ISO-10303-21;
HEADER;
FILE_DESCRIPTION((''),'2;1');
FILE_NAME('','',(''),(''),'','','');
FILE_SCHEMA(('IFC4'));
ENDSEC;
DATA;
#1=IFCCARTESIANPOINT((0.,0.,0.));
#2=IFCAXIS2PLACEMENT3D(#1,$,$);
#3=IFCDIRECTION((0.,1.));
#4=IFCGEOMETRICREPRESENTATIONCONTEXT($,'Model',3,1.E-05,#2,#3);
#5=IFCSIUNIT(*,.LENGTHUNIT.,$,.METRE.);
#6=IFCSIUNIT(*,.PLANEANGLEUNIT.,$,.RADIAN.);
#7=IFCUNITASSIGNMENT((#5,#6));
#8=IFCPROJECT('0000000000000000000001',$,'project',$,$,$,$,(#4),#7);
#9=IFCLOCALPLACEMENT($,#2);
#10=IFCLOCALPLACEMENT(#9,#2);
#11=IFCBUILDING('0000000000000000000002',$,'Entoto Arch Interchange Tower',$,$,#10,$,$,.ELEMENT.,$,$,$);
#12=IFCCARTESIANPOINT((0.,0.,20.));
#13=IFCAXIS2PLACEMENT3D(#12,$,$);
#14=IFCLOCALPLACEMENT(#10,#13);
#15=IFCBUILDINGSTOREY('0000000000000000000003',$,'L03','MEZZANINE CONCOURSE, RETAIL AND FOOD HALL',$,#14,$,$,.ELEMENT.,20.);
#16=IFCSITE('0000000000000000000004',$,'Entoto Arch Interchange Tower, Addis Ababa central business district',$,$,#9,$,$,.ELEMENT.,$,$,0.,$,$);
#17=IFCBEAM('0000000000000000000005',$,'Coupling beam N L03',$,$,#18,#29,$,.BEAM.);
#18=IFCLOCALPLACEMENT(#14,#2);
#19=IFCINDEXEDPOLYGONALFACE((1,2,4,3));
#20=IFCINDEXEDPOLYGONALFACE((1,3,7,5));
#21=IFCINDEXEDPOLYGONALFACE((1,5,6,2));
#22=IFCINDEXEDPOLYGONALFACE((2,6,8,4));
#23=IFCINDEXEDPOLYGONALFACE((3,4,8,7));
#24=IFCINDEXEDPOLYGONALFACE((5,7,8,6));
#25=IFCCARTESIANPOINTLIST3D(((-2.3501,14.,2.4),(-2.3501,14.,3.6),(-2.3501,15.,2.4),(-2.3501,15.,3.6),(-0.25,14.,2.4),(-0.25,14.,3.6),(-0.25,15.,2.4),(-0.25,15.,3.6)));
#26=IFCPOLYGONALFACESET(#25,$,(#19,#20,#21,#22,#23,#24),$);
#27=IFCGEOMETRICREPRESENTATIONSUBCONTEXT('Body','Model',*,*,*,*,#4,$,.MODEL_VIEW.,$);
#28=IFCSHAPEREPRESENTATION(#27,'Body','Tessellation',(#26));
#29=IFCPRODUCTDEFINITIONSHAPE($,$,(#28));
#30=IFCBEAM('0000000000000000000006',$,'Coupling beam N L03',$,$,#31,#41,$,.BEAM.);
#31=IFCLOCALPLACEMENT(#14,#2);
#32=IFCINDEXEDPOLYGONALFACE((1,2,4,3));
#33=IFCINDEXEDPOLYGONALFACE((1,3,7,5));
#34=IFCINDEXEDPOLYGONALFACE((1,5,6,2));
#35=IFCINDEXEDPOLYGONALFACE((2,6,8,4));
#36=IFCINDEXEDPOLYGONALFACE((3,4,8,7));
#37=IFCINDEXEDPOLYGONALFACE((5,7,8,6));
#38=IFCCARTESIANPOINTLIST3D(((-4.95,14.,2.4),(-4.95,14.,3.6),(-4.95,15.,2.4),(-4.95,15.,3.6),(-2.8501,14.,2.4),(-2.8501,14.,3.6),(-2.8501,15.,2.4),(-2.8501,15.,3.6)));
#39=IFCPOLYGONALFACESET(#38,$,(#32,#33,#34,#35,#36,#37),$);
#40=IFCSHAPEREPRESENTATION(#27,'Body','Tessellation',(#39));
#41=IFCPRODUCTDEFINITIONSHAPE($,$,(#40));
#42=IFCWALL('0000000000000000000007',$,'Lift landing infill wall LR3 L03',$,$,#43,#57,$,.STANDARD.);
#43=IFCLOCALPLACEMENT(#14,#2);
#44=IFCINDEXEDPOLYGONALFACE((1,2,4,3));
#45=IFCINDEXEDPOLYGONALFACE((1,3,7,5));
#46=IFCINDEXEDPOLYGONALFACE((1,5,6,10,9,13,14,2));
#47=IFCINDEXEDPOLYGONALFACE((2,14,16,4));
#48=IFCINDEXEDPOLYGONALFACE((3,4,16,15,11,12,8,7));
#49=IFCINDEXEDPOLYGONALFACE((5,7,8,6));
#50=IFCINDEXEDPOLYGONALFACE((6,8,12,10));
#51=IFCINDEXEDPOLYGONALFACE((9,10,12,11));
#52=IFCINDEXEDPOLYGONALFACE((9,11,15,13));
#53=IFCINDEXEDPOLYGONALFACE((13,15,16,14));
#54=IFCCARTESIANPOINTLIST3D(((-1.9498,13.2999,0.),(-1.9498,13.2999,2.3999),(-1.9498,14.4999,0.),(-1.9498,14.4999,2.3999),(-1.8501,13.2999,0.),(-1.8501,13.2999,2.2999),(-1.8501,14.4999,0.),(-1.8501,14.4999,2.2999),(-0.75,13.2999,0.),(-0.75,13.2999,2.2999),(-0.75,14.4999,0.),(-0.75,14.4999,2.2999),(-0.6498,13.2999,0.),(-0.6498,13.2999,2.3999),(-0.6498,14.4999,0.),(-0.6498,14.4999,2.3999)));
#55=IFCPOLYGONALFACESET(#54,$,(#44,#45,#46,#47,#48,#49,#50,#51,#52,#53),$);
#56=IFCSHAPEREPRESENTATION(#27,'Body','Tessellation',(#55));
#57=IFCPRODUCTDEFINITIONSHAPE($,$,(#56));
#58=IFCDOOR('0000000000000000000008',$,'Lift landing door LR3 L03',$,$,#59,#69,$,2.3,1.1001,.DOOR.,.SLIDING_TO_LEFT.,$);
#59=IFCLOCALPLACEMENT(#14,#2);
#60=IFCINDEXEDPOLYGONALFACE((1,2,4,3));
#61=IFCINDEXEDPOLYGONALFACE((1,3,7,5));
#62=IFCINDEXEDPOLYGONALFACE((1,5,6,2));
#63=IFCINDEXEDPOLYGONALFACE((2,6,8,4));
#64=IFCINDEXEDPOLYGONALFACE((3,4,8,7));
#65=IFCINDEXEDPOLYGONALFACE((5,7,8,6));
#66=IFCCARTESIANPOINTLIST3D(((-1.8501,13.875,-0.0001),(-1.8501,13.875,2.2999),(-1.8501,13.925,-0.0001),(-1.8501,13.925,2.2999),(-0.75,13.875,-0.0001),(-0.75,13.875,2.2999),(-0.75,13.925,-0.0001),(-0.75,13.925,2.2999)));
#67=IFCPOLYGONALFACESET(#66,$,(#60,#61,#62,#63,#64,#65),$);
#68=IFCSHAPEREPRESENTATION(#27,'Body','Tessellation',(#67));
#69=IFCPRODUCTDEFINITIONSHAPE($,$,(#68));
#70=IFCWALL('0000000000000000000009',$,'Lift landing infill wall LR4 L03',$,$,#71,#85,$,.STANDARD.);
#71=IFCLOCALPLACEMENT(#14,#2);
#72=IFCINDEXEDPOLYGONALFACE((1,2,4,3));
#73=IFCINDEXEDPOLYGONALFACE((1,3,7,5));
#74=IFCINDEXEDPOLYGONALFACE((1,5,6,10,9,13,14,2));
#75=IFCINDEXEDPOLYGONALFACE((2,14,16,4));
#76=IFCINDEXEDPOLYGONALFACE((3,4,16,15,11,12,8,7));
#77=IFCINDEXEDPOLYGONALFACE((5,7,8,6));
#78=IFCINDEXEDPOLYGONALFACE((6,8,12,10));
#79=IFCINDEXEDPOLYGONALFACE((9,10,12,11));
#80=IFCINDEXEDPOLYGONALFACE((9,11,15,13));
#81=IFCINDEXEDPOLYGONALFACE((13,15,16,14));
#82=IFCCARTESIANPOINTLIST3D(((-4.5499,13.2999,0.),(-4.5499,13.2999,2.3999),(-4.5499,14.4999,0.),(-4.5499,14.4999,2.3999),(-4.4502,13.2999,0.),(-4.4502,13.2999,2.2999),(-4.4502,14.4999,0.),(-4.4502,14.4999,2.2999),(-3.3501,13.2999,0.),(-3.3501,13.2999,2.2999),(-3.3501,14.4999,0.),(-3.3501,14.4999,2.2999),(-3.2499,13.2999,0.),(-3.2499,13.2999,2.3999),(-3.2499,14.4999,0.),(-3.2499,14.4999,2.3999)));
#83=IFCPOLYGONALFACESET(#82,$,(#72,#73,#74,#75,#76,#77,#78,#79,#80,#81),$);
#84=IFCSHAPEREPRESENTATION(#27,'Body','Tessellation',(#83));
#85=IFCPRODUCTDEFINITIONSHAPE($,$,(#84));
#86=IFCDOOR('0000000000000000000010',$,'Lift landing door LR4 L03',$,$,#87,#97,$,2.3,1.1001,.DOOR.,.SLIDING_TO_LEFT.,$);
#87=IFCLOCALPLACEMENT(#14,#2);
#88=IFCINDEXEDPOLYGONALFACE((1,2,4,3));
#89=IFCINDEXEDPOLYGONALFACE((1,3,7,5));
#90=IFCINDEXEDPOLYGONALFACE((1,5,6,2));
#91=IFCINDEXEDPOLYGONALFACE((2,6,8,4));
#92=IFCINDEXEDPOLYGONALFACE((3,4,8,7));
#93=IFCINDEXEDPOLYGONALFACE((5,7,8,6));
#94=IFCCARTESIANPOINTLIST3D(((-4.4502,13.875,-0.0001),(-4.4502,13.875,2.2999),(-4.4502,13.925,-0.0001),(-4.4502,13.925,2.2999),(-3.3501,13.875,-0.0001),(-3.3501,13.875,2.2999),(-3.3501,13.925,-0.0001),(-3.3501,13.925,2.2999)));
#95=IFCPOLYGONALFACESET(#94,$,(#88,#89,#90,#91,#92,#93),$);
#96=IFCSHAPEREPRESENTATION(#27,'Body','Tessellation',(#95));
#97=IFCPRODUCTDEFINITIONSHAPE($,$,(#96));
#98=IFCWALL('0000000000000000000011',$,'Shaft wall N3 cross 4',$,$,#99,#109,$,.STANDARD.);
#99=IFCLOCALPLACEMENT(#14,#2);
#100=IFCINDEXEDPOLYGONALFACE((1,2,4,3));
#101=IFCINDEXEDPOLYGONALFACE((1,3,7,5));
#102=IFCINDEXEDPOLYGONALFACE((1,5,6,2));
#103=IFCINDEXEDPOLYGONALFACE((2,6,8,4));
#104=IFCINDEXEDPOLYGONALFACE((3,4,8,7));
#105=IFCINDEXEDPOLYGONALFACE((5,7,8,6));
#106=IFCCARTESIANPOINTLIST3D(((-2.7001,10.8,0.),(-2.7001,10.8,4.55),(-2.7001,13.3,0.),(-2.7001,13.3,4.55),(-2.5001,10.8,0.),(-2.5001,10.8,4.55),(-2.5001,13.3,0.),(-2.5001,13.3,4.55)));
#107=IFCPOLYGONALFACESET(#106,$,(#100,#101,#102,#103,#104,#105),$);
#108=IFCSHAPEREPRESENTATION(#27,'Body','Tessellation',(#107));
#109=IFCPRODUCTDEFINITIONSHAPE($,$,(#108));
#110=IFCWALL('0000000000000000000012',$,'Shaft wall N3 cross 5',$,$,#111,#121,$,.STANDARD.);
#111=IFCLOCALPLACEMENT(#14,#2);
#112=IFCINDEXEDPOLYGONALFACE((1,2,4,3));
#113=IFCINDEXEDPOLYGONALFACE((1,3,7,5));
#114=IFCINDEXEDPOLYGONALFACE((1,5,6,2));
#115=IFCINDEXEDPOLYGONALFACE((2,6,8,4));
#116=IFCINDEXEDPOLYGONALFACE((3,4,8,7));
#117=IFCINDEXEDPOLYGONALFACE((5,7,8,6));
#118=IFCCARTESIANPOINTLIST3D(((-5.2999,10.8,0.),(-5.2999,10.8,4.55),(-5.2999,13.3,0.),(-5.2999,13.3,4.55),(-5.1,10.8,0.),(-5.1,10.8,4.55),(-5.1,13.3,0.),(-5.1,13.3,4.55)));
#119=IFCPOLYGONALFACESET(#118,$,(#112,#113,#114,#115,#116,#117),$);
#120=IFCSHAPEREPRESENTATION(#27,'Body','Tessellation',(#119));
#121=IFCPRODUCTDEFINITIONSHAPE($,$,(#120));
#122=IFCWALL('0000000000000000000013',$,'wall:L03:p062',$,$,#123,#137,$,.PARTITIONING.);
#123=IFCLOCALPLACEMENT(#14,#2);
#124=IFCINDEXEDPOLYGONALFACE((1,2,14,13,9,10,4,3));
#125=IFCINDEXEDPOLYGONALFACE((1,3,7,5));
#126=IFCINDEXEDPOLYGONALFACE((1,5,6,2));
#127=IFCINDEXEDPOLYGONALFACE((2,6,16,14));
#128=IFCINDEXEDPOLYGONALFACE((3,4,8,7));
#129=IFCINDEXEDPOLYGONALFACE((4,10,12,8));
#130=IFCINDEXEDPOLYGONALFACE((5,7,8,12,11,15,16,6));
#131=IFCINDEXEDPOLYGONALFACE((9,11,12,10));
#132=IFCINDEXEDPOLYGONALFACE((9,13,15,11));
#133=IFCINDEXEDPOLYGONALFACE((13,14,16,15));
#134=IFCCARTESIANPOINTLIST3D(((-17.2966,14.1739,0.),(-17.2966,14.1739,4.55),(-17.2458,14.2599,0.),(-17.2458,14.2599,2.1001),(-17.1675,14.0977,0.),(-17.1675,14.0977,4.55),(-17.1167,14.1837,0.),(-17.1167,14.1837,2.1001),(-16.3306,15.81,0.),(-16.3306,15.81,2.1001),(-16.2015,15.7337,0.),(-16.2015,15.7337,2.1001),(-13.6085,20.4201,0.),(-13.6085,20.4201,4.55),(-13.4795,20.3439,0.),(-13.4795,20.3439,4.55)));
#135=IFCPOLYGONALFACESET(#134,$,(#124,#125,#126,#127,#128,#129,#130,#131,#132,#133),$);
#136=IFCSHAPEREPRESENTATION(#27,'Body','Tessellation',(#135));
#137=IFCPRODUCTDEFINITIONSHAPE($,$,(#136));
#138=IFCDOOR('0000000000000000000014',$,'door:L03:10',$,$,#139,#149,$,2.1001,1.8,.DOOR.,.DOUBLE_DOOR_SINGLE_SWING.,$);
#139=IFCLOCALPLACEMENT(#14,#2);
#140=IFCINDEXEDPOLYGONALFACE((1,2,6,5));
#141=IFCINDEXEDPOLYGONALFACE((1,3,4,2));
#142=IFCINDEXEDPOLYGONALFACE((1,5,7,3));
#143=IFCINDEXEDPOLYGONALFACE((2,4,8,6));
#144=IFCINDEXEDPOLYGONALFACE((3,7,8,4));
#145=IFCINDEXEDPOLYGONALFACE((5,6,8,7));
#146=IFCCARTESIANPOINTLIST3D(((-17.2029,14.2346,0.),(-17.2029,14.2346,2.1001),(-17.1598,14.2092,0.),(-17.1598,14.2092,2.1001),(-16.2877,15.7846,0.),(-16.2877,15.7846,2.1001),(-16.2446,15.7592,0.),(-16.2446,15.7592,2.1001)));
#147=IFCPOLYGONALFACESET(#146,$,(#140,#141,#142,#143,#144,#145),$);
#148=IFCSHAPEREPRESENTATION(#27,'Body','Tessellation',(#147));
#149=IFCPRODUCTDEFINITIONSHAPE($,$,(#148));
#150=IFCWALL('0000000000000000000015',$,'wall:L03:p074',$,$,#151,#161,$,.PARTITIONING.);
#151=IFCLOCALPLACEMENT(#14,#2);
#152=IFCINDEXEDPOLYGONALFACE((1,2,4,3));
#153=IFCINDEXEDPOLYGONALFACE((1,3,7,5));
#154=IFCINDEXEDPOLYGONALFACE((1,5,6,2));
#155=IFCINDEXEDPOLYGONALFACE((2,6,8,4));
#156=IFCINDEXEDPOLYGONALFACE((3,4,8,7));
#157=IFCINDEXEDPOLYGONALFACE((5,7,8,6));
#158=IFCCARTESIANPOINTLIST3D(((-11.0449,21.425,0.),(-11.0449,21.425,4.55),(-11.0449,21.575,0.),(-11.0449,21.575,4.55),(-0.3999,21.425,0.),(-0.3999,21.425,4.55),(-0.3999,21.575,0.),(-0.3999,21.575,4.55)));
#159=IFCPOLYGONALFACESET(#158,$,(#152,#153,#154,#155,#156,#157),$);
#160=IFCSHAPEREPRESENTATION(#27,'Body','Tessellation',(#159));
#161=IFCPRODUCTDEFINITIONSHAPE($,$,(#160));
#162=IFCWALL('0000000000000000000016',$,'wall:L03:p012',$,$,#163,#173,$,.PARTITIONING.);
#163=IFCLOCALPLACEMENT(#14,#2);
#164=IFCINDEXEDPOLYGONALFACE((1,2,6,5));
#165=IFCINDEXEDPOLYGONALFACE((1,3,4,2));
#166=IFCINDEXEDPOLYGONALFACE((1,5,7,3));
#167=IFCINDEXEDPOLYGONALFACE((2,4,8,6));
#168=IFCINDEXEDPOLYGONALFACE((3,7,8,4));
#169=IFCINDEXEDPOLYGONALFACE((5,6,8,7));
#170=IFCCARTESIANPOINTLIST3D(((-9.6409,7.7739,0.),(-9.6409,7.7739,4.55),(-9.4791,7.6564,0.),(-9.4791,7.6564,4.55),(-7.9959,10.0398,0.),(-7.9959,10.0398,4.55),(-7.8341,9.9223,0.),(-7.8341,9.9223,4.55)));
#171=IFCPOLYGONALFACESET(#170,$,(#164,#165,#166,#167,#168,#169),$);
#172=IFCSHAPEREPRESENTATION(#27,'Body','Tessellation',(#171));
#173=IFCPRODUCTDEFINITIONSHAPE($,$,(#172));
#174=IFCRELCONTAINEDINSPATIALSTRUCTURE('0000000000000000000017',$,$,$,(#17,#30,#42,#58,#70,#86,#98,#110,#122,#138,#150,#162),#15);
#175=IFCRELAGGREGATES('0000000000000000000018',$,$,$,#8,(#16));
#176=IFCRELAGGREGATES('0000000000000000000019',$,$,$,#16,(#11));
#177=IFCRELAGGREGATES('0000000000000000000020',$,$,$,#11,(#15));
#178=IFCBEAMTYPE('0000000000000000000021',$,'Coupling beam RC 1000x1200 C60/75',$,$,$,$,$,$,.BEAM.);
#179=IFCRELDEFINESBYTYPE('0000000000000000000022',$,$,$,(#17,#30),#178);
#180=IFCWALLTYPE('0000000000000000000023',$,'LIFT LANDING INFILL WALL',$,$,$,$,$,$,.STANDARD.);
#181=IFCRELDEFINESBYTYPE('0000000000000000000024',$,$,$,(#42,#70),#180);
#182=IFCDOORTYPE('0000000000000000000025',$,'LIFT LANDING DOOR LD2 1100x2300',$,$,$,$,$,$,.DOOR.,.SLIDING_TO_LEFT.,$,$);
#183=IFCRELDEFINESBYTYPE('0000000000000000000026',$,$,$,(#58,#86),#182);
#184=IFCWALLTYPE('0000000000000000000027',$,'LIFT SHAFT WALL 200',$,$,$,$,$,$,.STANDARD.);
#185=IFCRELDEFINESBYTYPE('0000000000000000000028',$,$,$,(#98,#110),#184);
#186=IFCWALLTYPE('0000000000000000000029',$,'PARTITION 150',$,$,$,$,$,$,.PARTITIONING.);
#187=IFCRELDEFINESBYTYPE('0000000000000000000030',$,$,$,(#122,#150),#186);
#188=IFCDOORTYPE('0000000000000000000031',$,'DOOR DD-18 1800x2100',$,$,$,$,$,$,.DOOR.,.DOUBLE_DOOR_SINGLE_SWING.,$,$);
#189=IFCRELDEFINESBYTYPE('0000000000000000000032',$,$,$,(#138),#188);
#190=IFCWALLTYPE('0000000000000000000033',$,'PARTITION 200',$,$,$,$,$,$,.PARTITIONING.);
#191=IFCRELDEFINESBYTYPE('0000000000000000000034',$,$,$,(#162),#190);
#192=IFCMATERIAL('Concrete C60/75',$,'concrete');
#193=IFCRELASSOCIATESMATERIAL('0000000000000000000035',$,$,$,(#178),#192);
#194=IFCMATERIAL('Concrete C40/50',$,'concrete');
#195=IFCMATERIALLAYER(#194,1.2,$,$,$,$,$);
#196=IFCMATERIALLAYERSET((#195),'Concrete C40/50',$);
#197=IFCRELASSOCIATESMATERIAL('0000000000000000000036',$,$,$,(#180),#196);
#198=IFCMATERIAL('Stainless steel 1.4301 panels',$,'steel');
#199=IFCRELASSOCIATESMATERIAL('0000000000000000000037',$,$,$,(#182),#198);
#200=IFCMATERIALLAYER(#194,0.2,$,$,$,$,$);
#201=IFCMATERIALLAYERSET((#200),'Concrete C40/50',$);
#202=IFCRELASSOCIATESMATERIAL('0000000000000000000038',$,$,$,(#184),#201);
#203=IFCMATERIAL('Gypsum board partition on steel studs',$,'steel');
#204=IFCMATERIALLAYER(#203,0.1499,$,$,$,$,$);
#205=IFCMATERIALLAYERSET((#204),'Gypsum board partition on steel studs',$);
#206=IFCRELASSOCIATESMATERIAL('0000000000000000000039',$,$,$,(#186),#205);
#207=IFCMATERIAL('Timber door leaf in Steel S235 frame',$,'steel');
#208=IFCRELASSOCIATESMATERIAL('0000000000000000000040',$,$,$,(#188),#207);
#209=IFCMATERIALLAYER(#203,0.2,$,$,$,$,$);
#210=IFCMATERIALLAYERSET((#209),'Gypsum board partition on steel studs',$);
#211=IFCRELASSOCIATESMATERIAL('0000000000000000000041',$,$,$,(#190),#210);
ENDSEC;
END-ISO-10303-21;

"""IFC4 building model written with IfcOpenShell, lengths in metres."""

from ifc_helpers import new_model, si_unit, direction, frame, frame_2d, origin, origin_2d, place, context, subcontext, project, spatial, rectangle, extrude, material, layer, layer_set, material_profile, profile_set, type_object, element, fill, save


model = new_model("IFC4")

# Units and contexts
model_context = context("Model", 3, precision=1e-05, world=origin(), true_north=direction((0.0, 1.0)))
body_context = subcontext(model_context, "Body", "Model", "MODEL_VIEW")
ifc_project = project(units=[si_unit("LENGTHUNIT", "METRE"), si_unit("PLANEANGLEUNIT", "RADIAN")], contexts=[model_context])

# Site, building, storey
site_placement = place(None, origin())
site = spatial("IfcSite", under=ifc_project, at=site_placement, Name="Entoto Arch Interchange Tower, Addis Ababa central business district", CompositionType="ELEMENT", RefElevation=0.0)
building_placement = place(site_placement, origin())
building = spatial("IfcBuilding", under=site, at=building_placement, Name="Entoto Arch Interchange Tower", CompositionType="ELEMENT")
storey_placement = place(building_placement, frame((0.0, 0.0, 20.0)))
storey = spatial("IfcBuildingStorey", under=building, at=storey_placement, Name="L03", Description="MEZZANINE CONCOURSE, RETAIL AND FOOD HALL", CompositionType="ELEMENT", Elevation=20.0)

# Beams
ifc_material_1 = material(Name="Concrete C60/75", Category="concrete")
ifc_material_profile = material_profile(ifc_material_1, rectangle(XDim=1.0, YDim=1.2, at=origin_2d()))
ifc_profile_set = profile_set([ifc_material_profile], Name="Concrete C60/75")
beam_type = type_object("IfcBeamType", Name="Coupling beam RC 1000x1200 C60/75", PredefinedType="BEAM", material=ifc_profile_set)
beam_1_placement = place(storey_placement, frame((-0.25, 14.5, 3.0), z_axis=(-1.0, 0.0, 0.0), x_axis=(0.0, -1.0, 0.0)))
element("IfcBeam", 1, at=beam_1_placement, inside=storey, type_object=beam_type, Name="Coupling beam N L03", PredefinedType="BEAM", context=body_context, shape_type="SweptSolid", body=[
    extrude(rectangle(XDim=1.0, YDim=1.2, at=origin_2d()), origin(), (0.0, 0.0, 1.0), 2.1001),
])
beam_2_placement = place(storey_placement, frame((-2.8501, 14.5, 3.0), z_axis=(-1.0, 0.0, 0.0), x_axis=(0.0, -1.0, 0.0)))
element("IfcBeam", 2, at=beam_2_placement, inside=storey, type_object=beam_type, Name="Coupling beam N L03", PredefinedType="BEAM", context=body_context, shape_type="SweptSolid", body=[
    extrude(rectangle(XDim=1.0, YDim=1.2, at=origin_2d()), origin(), (0.0, 0.0, 1.0), 2.0999),
])

# Walls, openings, doors
ifc_material_2 = material(Name="Concrete C40/50", Category="concrete")
ifc_layer_1 = layer(ifc_material_2, 1.2)
ifc_layer_set_1 = layer_set([ifc_layer_1], Name="Concrete C40/50")
wall_type_1 = type_object("IfcWallType", Name="LIFT LANDING INFILL WALL", PredefinedType="STANDARD", material=ifc_layer_set_1)
wall_1_placement = place(storey_placement, frame((-0.6499, 13.8999, 0.0), z_axis=(0.0, 0.0, 1.0), x_axis=(-1.0, 0.0, 0.0)))
wall_1 = element("IfcWall", 3, at=wall_1_placement, inside=storey, type_object=wall_type_1, Name="Lift landing infill wall LR3 L03", PredefinedType="STANDARD", context=body_context, shape_type="SweptSolid", body=[
    extrude(rectangle(XDim=1.3, YDim=1.2, at=frame_2d((0.6499, 0.0))), origin(), (0.0, 0.0, 1.0), 2.3999),
])
opening_1_placement = place(wall_1_placement, frame((0.1001, 0.0, 0.0)))
opening_1 = element("IfcOpeningElement", 4, at=opening_1_placement, cuts=wall_1, PredefinedType="OPENING", context=body_context, shape_type="SweptSolid", body=[
    extrude(rectangle(XDim=1.1001, YDim=2.3, at=frame_2d((0.55, 1.1499))), frame((0.0, 0.6099, 0.0), z_axis=(0.0, -1.0, 0.0), x_axis=(1.0, 0.0, 0.0)), (0.0, 0.0, 1.0), 1.22),
])
ifc_material_3 = material(Name="Stainless steel 1.4301 panels", Category="steel")
door_type_1 = type_object("IfcDoorType", Name="LIFT LANDING DOOR LD2 1100x2300", OperationType="SLIDING_TO_LEFT", PredefinedType="DOOR", material=ifc_material_3)
door_1_placement = place(opening_1_placement, origin())
door_1 = element("IfcDoor", 5, at=door_1_placement, inside=storey, type_object=door_type_1, Name="Lift landing door LR3 L03", OperationType="SLIDING_TO_LEFT", OverallHeight=2.3, OverallWidth=1.1001, PredefinedType="DOOR", context=body_context, shape_type="SweptSolid", body=[
    extrude(rectangle(XDim=1.1001, YDim=2.3, at=frame_2d((0.55, 1.1499))), frame((0.0, 0.0249, 0.0), z_axis=(0.0, -1.0, 0.0), x_axis=(1.0, 0.0, 0.0)), (0.0, 0.0, 1.0), 0.05),
])
fill(opening_1, door_1)
wall_2_placement = place(storey_placement, frame((-3.25, 13.8999, 0.0), z_axis=(0.0, 0.0, 1.0), x_axis=(-1.0, 0.0, 0.0)))
wall_2 = element("IfcWall", 6, at=wall_2_placement, inside=storey, type_object=wall_type_1, Name="Lift landing infill wall LR4 L03", PredefinedType="STANDARD", context=body_context, shape_type="SweptSolid", body=[
    extrude(rectangle(XDim=1.3, YDim=1.2, at=frame_2d((0.6499, 0.0))), origin(), (0.0, 0.0, 1.0), 2.3999),
])
opening_2_placement = place(wall_2_placement, frame((0.1001, 0.0, 0.0)))
opening_2 = element("IfcOpeningElement", 7, at=opening_2_placement, cuts=wall_2, PredefinedType="OPENING", context=body_context, shape_type="SweptSolid", body=[
    extrude(rectangle(XDim=1.1001, YDim=2.3, at=frame_2d((0.55, 1.1499))), frame((0.0, 0.6099, 0.0), z_axis=(0.0, -1.0, 0.0), x_axis=(1.0, 0.0, 0.0)), (0.0, 0.0, 1.0), 1.22),
])
door_2_placement = place(opening_2_placement, origin())
door_2 = element("IfcDoor", 8, at=door_2_placement, inside=storey, type_object=door_type_1, Name="Lift landing door LR4 L03", OperationType="SLIDING_TO_LEFT", OverallHeight=2.3, OverallWidth=1.1001, PredefinedType="DOOR", context=body_context, shape_type="SweptSolid", body=[
    extrude(rectangle(XDim=1.1001, YDim=2.3, at=frame_2d((0.55, 1.1499))), frame((0.0, 0.0249, 0.0), z_axis=(0.0, -1.0, 0.0), x_axis=(1.0, 0.0, 0.0)), (0.0, 0.0, 1.0), 0.05),
])
fill(opening_2, door_2)

# Walls
ifc_layer_2 = layer(ifc_material_2, 0.2)
ifc_layer_set_2 = layer_set([ifc_layer_2], Name="Concrete C40/50")
wall_type_2 = type_object("IfcWallType", Name="LIFT SHAFT WALL 200", PredefinedType="STANDARD", material=ifc_layer_set_2)
for number, where, z_axis, x_axis, name in (
    (9, (-2.6001, 10.8, 0.0), (0.0, 0.0, 1.0), (0.0, 1.0, 0.0), "Shaft wall N3 cross 4"),
    (10, (-5.2, 10.8, 0.0), (0.0, 0.0, 1.0), (0.0, 1.0, 0.0), "Shaft wall N3 cross 5"),
):
    element("IfcWall", number, at=place(storey_placement, frame(where, z_axis=z_axis, x_axis=x_axis)), inside=storey, type_object=wall_type_2, Name=name, PredefinedType="STANDARD", context=body_context, shape_type="SweptSolid", body=[
        extrude(rectangle(XDim=2.5, YDim=0.2, at=frame_2d((1.25, 0.0))), origin(), (0.0, 0.0, 1.0), 4.55),
    ])

# Wall, opening, door
ifc_material_4 = material(Name="Gypsum board partition on steel studs", Category="steel")
ifc_layer_3 = layer(ifc_material_4, 0.1499)
ifc_layer_set_3 = layer_set([ifc_layer_3], Name="Gypsum board partition on steel studs")
wall_type_3 = type_object("IfcWallType", Name="PARTITION 150", PredefinedType="PARTITIONING", material=ifc_layer_set_3)
wall_3_placement = place(storey_placement, frame((-13.5439, 20.3821, 0.0), z_axis=(0.0, 0.0, 1.0), x_axis=(-0.508434, -0.861101, 0.0)))
wall_3 = element("IfcWall", 11, at=wall_3_placement, inside=storey, type_object=wall_type_3, Name="wall:L03:p062", PredefinedType="PARTITIONING", context=body_context, shape_type="SweptSolid", body=[
    extrude(rectangle(XDim=7.2537, YDim=0.1499, at=frame_2d((3.627, 0.0))), origin(), (0.0, 0.0, 1.0), 4.55),
])
opening_3_placement = place(wall_3_placement, frame((5.354, 0.0, 0.0)))
opening_3 = element("IfcOpeningElement", 12, at=opening_3_placement, cuts=wall_3, PredefinedType="OPENING", context=body_context, shape_type="SweptSolid", body=[
    extrude(rectangle(XDim=1.8, YDim=2.1001, at=frame_2d((0.8999, 1.05))), frame((0.0, 0.085, 0.0), z_axis=(0.0, -1.0, 0.0), x_axis=(1.0, 0.0, 0.0)), (0.0, 0.0, 1.0), 0.1699),
])
ifc_material_5 = material(Name="Timber door leaf in Steel S235 frame", Category="steel")
door_type_2 = type_object("IfcDoorType", Name="DOOR DD-18 1800x2100", OperationType="DOUBLE_DOOR_SINGLE_SWING", PredefinedType="DOOR", material=ifc_material_5)
door_3_placement = place(opening_3_placement, origin())
door_3 = element("IfcDoor", 13, at=door_3_placement, inside=storey, type_object=door_type_2, Name="door:L03:10", OperationType="DOUBLE_DOOR_SINGLE_SWING", OverallHeight=2.1001, OverallWidth=1.8, PredefinedType="DOOR", context=body_context, shape_type="SweptSolid", body=[
    extrude(rectangle(XDim=1.8, YDim=2.1001, at=frame_2d((0.8999, 1.05))), frame((0.0, 0.0249, 0.0), z_axis=(0.0, -1.0, 0.0), x_axis=(1.0, 0.0, 0.0)), (0.0, 0.0, 1.0), 0.05),
])
fill(opening_3, door_3)

# Walls
wall_4_placement = place(storey_placement, frame((-11.0449, 21.5, 0.0), z_axis=(0.0, 0.0, 1.0), x_axis=(1.0, 0.0, 0.0)))
element("IfcWall", 14, at=wall_4_placement, inside=storey, type_object=wall_type_3, Name="wall:L03:p074", PredefinedType="PARTITIONING", context=body_context, shape_type="SweptSolid", body=[
    extrude(rectangle(XDim=10.645, YDim=0.1499, at=frame_2d((5.3225, 0.0))), origin(), (0.0, 0.0, 1.0), 4.55),
])
ifc_layer_4 = layer(ifc_material_4, 0.2)
ifc_layer_set_4 = layer_set([ifc_layer_4], Name="Gypsum board partition on steel studs")
wall_type_4 = type_object("IfcWallType", Name="PARTITION 200", PredefinedType="PARTITIONING", material=ifc_layer_set_4)
wall_5_placement = place(storey_placement, frame((-7.915, 9.981, 0.0), z_axis=(0.0, 0.0, 1.0), x_axis=(-0.587498, -0.809226, 0.0)))
element("IfcWall", 15, at=wall_5_placement, inside=storey, type_object=wall_type_4, Name="wall:L03:p012", PredefinedType="PARTITIONING", context=body_context, shape_type="SweptSolid", body=[
    extrude(rectangle(XDim=2.8, YDim=0.2, at=frame_2d((1.3999, 0.0))), origin(), (0.0, 0.0, 1.0), 4.55),
])

save(model, "model.ifc")
